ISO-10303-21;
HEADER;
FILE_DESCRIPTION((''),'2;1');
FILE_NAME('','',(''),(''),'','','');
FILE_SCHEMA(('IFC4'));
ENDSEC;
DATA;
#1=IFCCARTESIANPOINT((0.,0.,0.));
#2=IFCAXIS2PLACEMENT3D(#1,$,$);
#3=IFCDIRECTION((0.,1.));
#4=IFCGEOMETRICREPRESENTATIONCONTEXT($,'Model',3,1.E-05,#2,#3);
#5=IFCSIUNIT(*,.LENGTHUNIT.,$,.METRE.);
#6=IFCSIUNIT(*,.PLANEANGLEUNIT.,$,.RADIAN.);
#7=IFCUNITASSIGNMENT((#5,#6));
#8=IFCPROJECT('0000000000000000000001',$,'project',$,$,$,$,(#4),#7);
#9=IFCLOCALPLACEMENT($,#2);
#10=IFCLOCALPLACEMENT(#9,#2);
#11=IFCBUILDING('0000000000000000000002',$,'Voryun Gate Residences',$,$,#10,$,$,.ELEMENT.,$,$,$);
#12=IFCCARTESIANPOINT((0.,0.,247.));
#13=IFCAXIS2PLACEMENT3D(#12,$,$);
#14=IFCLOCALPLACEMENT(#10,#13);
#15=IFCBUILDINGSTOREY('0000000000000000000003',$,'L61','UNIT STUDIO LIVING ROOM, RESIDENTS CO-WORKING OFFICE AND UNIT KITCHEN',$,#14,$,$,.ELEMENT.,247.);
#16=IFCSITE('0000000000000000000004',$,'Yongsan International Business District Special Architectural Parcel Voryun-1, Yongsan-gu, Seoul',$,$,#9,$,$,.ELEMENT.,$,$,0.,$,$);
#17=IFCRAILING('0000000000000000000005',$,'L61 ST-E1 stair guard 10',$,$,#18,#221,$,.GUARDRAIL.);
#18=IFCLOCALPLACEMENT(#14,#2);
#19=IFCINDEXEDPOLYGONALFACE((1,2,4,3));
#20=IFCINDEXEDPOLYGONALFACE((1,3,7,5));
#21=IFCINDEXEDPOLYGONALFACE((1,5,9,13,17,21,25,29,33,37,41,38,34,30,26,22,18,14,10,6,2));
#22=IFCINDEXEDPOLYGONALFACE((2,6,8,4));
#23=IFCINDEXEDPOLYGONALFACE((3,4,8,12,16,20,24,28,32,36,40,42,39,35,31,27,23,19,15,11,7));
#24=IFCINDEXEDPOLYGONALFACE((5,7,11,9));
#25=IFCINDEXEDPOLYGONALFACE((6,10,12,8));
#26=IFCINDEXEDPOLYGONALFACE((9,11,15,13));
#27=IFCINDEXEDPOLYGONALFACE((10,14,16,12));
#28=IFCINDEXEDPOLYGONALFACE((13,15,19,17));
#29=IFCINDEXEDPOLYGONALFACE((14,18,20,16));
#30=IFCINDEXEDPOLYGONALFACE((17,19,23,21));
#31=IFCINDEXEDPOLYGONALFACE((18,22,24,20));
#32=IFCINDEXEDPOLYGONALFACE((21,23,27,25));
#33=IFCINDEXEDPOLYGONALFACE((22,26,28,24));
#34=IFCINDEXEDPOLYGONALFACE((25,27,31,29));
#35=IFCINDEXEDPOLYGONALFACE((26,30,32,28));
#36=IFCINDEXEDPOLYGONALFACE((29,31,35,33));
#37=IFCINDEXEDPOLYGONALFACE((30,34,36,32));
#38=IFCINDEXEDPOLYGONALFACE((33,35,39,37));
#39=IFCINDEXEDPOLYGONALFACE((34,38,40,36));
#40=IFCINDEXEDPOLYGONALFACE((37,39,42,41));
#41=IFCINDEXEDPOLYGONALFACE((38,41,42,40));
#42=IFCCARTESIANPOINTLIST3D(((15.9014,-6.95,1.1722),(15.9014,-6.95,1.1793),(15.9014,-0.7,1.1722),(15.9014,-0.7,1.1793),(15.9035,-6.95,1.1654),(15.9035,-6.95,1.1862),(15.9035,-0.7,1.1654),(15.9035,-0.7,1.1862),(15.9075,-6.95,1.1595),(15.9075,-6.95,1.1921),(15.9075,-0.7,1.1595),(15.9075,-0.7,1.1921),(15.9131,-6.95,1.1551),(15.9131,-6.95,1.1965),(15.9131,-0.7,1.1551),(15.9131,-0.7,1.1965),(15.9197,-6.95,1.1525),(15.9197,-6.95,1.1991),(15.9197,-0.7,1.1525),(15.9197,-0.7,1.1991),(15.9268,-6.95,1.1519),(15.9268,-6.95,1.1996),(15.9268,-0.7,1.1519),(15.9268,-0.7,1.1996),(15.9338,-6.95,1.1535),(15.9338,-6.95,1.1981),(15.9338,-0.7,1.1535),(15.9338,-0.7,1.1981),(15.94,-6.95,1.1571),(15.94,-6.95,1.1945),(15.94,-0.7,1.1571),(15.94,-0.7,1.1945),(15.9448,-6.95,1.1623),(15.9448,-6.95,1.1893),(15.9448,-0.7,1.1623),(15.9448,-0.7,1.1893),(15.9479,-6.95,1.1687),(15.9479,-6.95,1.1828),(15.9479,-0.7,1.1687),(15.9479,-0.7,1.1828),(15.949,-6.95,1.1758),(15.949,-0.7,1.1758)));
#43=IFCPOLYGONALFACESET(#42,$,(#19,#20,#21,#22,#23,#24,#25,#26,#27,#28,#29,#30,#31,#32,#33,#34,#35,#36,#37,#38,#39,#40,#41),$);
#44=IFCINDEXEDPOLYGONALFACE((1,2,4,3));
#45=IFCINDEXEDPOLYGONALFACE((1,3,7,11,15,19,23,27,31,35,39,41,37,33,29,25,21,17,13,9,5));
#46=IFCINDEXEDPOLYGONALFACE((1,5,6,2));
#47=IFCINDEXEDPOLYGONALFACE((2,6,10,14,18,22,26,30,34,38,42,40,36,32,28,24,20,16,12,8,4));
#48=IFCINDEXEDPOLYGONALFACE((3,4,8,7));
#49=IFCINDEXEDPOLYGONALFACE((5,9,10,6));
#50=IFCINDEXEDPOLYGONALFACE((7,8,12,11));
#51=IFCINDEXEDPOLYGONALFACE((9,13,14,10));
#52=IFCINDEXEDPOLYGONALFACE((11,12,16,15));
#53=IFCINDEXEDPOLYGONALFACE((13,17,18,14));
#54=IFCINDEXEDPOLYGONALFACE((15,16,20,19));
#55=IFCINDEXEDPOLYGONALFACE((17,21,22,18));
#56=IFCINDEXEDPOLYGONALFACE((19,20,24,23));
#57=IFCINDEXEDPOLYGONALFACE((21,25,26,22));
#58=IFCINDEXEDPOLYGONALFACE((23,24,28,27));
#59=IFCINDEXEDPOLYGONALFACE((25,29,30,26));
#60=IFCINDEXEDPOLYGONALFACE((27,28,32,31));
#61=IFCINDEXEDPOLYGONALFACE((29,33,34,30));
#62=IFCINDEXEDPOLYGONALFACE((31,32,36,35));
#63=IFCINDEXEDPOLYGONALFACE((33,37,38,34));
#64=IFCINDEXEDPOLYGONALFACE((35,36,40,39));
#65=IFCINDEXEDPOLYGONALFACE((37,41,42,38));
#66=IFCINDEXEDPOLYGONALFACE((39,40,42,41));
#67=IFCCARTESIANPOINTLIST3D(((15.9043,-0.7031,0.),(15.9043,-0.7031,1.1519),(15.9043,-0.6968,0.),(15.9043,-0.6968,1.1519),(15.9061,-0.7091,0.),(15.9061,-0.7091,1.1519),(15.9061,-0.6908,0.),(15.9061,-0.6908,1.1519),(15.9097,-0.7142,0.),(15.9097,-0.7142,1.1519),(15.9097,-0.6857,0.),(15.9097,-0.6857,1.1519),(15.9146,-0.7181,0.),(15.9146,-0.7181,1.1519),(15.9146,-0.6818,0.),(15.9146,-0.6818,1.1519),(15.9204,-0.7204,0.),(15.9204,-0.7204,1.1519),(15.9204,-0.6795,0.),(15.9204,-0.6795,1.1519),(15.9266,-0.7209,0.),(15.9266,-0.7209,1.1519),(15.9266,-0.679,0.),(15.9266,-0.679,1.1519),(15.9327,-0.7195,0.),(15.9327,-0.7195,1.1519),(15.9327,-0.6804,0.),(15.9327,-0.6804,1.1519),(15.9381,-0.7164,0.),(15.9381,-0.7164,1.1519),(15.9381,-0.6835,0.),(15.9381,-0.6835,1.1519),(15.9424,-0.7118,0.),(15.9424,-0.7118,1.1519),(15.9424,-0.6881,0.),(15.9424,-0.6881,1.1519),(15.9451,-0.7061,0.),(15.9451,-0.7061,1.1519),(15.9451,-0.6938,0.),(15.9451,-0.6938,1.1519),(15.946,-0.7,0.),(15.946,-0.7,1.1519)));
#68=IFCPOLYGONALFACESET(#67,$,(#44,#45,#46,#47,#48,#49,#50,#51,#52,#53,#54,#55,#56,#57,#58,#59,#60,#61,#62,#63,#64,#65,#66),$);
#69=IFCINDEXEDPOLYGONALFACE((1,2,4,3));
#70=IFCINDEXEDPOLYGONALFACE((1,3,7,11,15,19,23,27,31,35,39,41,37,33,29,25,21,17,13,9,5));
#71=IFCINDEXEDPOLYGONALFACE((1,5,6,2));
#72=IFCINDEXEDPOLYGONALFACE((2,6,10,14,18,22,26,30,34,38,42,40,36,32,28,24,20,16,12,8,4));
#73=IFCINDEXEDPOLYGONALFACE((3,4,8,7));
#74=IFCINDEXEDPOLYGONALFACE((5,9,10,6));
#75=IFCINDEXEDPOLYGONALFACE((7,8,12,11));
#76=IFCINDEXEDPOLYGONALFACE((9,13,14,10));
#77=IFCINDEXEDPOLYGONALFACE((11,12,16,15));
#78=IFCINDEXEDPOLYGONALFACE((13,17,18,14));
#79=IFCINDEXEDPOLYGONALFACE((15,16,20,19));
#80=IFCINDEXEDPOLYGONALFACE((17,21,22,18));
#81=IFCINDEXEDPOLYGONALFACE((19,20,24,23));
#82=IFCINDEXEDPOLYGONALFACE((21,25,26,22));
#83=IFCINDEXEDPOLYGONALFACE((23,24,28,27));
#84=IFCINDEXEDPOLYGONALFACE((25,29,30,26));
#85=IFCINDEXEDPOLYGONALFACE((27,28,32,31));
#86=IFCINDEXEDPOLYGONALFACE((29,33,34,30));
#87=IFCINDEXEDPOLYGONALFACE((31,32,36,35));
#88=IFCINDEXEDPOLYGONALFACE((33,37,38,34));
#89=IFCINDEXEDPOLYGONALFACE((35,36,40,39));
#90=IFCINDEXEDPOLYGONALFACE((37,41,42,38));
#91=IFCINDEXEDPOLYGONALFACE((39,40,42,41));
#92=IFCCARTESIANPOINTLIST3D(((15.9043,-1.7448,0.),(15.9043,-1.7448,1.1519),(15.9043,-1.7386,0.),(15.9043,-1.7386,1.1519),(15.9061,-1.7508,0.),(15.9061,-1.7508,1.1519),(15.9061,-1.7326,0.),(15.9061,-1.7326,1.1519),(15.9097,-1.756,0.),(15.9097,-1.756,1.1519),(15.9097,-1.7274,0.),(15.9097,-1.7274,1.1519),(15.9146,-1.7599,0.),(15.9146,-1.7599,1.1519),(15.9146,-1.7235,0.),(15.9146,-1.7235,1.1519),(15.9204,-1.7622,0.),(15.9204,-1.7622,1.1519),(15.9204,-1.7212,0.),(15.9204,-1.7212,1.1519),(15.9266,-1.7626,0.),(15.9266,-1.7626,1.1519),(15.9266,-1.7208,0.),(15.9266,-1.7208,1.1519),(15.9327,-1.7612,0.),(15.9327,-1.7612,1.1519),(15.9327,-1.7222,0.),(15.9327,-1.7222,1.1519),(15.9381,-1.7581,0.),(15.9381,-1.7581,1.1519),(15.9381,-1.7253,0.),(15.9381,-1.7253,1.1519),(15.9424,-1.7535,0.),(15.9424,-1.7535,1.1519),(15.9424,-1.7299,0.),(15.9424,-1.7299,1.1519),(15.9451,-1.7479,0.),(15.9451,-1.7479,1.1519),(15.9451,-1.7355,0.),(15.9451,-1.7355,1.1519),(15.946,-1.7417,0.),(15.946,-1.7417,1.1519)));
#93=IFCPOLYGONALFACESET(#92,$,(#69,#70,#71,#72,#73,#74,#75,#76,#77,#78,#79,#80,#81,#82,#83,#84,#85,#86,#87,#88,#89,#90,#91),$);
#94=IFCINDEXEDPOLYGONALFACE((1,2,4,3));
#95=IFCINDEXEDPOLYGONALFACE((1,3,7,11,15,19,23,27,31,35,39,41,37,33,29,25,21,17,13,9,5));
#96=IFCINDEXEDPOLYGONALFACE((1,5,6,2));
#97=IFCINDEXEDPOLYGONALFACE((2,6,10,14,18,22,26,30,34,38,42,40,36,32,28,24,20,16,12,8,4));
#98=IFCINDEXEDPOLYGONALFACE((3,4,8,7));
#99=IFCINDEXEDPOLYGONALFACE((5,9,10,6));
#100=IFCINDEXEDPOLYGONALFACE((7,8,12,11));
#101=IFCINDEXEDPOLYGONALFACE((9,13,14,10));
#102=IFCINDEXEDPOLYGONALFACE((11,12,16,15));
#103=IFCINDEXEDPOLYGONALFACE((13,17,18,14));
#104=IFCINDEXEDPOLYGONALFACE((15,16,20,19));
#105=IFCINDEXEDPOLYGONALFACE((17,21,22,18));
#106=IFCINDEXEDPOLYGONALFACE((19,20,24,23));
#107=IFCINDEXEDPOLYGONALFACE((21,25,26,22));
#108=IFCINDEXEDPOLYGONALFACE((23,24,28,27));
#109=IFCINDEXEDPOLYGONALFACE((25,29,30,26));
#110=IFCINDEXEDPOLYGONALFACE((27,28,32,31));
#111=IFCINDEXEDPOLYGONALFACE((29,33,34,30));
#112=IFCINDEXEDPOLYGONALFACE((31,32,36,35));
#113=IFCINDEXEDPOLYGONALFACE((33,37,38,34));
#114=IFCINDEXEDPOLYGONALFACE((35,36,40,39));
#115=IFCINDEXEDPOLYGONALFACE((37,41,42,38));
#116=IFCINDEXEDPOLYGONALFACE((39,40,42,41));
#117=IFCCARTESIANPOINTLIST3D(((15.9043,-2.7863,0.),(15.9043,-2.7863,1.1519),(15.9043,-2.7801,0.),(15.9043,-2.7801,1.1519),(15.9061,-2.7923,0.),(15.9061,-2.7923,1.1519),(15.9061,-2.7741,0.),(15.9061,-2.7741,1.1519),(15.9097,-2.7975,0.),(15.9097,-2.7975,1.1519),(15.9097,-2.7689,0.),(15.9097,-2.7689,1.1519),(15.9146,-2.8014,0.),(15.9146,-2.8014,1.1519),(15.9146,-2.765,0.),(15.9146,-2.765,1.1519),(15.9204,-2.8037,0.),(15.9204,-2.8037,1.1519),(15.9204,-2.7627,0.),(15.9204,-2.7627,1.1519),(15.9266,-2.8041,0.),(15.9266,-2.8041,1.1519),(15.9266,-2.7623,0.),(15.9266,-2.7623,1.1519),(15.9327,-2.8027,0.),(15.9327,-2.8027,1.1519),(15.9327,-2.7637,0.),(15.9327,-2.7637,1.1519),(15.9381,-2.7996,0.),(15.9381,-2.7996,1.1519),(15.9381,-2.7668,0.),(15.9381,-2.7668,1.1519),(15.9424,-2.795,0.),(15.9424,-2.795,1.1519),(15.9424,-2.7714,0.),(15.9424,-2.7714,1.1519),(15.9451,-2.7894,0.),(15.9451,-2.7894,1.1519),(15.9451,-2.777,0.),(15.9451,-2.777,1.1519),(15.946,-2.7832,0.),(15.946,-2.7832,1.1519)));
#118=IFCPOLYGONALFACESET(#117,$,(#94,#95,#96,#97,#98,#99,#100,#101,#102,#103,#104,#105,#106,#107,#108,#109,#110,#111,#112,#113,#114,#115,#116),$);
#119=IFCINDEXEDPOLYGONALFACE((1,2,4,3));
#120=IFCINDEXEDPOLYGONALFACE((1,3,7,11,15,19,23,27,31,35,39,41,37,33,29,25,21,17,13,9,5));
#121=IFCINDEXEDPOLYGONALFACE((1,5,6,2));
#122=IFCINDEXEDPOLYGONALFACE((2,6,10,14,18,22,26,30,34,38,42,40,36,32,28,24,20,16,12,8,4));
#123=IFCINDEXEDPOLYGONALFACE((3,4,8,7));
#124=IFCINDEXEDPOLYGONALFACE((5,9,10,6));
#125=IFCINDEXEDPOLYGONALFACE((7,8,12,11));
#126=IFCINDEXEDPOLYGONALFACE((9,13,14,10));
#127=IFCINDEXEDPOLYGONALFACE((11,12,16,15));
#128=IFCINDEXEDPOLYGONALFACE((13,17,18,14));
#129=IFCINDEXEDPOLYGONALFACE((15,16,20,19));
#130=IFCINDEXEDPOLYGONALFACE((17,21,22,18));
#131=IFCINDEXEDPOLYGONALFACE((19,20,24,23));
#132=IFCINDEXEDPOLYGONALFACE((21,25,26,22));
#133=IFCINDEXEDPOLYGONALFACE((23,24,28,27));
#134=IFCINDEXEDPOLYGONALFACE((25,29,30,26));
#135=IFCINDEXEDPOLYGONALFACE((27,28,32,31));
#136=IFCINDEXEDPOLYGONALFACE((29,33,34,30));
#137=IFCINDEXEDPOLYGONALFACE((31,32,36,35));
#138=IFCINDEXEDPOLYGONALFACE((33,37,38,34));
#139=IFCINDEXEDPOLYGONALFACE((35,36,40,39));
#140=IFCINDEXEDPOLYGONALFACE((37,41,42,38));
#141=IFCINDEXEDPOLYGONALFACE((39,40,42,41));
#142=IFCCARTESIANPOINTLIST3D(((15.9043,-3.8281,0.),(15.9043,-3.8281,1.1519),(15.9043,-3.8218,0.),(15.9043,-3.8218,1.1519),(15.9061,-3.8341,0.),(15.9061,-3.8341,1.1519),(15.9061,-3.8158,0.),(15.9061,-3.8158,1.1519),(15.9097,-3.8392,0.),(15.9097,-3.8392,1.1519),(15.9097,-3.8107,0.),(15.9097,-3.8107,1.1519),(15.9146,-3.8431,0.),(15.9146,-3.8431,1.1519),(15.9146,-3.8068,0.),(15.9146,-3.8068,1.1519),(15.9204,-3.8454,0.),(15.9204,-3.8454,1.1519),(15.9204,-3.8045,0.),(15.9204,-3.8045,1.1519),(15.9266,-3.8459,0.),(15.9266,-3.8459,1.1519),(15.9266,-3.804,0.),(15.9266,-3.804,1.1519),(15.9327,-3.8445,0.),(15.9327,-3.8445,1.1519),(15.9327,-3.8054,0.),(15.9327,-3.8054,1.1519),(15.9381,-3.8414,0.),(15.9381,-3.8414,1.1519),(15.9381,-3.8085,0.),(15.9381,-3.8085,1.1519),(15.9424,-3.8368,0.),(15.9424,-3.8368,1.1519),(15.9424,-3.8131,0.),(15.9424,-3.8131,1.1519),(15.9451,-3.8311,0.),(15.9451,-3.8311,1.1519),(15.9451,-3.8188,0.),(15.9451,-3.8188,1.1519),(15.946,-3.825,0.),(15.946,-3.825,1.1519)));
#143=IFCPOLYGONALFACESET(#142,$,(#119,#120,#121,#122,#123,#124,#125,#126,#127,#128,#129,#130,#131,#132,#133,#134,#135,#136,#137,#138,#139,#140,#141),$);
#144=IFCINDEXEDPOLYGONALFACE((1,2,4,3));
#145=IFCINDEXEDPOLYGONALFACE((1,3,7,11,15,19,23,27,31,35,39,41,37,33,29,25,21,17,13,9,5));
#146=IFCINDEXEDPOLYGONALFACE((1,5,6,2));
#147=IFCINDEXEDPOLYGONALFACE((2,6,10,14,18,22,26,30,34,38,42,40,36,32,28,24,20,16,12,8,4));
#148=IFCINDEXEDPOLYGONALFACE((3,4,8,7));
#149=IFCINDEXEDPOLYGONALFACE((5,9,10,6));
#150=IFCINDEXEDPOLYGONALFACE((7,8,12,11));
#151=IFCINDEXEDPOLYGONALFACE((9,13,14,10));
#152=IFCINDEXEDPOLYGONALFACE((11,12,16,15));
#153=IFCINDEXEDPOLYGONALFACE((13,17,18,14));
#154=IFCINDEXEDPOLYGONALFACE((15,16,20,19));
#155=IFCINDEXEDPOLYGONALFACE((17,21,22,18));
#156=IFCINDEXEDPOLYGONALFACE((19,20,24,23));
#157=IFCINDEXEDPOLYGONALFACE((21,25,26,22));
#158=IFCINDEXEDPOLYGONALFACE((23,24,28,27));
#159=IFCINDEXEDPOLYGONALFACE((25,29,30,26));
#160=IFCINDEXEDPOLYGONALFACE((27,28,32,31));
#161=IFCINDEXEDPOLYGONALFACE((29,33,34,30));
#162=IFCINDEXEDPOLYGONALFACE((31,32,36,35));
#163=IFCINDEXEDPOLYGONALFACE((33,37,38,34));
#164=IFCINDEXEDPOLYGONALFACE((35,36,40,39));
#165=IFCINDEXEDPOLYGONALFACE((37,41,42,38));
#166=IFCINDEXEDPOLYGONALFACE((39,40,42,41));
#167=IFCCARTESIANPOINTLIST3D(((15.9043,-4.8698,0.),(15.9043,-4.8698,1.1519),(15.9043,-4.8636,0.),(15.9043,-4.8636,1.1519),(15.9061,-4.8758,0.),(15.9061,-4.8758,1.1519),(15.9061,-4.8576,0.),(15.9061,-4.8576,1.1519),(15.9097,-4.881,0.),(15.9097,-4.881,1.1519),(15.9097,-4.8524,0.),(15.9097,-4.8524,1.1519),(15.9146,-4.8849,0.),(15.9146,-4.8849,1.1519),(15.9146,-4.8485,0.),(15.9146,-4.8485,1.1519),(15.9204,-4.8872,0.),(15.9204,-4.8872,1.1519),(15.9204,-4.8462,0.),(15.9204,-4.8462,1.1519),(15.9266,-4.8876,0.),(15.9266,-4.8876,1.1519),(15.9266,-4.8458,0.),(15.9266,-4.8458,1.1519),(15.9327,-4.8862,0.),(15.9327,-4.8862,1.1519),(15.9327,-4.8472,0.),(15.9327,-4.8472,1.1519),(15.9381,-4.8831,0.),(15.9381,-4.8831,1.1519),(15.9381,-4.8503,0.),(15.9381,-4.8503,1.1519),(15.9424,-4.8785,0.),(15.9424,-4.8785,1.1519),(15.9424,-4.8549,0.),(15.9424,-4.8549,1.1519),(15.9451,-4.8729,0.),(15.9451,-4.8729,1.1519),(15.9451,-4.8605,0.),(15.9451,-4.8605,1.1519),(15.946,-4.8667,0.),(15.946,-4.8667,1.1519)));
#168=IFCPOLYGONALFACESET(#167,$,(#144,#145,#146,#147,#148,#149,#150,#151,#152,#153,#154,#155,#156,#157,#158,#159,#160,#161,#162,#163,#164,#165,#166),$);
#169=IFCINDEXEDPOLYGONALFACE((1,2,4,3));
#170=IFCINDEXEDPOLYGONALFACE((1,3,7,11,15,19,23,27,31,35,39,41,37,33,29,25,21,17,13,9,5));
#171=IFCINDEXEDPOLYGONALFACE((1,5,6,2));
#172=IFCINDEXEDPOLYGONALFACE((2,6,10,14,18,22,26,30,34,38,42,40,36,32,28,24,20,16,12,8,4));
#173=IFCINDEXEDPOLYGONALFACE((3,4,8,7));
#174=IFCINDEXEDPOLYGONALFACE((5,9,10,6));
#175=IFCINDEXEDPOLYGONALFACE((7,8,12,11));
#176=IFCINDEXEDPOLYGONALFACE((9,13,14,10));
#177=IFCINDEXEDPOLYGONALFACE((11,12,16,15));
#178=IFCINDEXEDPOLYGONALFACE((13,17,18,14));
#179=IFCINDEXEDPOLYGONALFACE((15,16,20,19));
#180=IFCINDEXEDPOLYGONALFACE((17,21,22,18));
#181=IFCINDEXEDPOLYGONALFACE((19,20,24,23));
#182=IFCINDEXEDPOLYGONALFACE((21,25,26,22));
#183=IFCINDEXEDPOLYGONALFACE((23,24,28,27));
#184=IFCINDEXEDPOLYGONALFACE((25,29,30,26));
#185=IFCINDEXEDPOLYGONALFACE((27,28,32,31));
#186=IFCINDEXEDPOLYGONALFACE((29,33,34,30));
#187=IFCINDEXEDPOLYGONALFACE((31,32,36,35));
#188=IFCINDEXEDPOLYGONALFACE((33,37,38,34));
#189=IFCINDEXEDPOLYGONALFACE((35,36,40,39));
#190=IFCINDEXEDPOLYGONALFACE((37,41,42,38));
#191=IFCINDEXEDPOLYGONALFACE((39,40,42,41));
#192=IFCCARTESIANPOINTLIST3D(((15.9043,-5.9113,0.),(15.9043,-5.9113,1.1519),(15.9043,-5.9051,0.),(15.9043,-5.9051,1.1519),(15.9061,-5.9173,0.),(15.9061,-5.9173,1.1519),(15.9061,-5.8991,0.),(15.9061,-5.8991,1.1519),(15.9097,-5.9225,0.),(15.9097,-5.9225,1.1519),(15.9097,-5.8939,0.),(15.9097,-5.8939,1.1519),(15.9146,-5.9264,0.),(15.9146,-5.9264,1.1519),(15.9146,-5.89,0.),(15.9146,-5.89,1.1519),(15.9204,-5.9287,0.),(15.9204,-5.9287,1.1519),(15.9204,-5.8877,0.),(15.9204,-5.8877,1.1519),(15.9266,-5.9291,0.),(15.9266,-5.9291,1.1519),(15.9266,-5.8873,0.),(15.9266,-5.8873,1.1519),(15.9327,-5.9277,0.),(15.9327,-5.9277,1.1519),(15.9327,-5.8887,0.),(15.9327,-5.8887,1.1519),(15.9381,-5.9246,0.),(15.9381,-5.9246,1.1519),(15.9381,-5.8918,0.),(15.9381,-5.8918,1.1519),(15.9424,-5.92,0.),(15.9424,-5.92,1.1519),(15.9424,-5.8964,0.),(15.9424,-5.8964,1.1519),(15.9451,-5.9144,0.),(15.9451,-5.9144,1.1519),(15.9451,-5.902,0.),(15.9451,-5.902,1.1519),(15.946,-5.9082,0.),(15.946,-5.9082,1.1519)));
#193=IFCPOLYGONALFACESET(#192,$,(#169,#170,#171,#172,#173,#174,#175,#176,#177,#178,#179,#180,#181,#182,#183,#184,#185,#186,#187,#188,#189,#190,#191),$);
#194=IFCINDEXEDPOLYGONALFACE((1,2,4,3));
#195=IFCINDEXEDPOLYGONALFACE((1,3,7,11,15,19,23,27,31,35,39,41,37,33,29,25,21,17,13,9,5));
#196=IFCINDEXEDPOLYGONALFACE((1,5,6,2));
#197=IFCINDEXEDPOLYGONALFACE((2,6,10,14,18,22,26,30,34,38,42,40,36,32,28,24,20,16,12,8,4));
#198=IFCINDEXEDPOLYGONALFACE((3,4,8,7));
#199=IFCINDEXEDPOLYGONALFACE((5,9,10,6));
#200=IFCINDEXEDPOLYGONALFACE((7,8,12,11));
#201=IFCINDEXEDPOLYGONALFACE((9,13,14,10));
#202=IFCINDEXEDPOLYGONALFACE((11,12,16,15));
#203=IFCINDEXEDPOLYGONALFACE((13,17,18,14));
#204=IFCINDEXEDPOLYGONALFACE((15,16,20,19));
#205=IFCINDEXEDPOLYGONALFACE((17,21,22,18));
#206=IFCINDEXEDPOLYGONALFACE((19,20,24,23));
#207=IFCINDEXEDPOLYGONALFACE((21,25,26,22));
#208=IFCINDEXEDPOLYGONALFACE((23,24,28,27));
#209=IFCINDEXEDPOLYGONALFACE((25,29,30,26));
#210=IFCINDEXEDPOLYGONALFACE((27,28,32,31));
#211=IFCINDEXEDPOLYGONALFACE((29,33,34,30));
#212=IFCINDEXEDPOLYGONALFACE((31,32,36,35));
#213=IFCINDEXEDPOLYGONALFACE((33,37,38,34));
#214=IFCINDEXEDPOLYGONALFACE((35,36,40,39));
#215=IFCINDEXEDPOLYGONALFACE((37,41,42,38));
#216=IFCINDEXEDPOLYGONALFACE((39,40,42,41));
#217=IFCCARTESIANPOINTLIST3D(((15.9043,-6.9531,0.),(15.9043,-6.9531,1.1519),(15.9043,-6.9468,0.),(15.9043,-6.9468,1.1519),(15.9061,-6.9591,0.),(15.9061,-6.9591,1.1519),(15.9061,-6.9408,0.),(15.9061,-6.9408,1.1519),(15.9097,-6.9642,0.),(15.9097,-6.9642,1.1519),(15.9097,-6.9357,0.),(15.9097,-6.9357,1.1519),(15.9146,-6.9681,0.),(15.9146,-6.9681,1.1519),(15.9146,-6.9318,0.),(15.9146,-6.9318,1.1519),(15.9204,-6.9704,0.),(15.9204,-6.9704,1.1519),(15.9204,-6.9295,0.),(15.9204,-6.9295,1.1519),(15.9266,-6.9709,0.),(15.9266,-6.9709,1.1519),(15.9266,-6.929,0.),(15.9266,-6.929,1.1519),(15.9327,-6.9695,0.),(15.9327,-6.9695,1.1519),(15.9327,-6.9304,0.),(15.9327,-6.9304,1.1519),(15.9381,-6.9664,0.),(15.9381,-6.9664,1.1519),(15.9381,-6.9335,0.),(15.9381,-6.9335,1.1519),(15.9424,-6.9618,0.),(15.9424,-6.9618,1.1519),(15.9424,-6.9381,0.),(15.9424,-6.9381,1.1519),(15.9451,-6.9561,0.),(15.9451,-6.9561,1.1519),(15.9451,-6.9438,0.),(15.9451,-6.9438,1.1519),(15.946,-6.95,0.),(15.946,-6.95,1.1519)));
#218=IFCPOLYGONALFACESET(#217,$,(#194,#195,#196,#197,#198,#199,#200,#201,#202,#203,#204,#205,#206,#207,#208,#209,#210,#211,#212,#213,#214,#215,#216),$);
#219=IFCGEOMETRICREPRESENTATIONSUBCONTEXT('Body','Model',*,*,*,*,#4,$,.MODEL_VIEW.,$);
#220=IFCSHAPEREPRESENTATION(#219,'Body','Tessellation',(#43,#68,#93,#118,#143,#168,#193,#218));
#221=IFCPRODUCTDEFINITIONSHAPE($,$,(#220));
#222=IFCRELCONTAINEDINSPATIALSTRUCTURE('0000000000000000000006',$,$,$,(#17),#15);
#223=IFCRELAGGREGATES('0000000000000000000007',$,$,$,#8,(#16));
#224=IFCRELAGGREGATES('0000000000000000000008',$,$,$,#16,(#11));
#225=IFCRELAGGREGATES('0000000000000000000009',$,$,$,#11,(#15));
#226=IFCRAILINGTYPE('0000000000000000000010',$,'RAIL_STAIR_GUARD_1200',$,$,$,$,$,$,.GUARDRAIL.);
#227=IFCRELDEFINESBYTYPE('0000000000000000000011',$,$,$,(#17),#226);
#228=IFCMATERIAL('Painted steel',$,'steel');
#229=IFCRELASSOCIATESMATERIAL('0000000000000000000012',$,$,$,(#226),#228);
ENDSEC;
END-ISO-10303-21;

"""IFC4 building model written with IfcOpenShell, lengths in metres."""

from ifc_helpers import new_model, si_unit, direction, frame, origin, origin_2d, place, context, subcontext, project, spatial, circle, extrude, material, type_object, element, save


model = new_model("IFC4")

# Units and contexts
model_context = context("Model", 3, precision=1e-05, world=origin(), true_north=direction((0.0, 1.0)))
body_context = subcontext(model_context, "Body", "Model", "MODEL_VIEW")
ifc_project = project(units=[si_unit("LENGTHUNIT", "METRE"), si_unit("PLANEANGLEUNIT", "RADIAN")], contexts=[model_context])

# Site, building, storey
site_placement = place(None, origin())
site = spatial("IfcSite", under=ifc_project, at=site_placement, Name="Yongsan International Business District Special Architectural Parcel Voryun-1, Yongsan-gu, Seoul", CompositionType="ELEMENT", RefElevation=0.0)
building_placement = place(site_placement, origin())
building = spatial("IfcBuilding", under=site, at=building_placement, Name="Voryun Gate Residences", CompositionType="ELEMENT")
storey_placement = place(building_placement, frame((0.0, 0.0, 247.0)))
storey = spatial("IfcBuildingStorey", under=building, at=storey_placement, Name="L61", Description="UNIT STUDIO LIVING ROOM, RESIDENTS CO-WORKING OFFICE AND UNIT KITCHEN", CompositionType="ELEMENT", Elevation=247.0)

# Railing
ifc_material_1 = material(Name="Painted steel", Category="steel")
railing_type = type_object("IfcRailingType", Name="RAIL_STAIR_GUARD_1200", PredefinedType="GUARDRAIL", material=ifc_material_1)
railing_1_placement = place(storey_placement, frame((15.925, -0.7, 0.0)))
element("IfcRailing", 1, at=railing_1_placement, inside=storey, type_object=railing_type, Name="L61 ST-E1 stair guard 10", PredefinedType="GUARDRAIL", context=body_context, shape_type="SweptSolid", body=[
    extrude(circle(Radius=0.0239, at=origin_2d()), frame((0.0, 0.0, 1.1758), z_axis=(0.0, -1.0, 0.0), x_axis=(1.0, 0.0, 0.0)), (0.0, 0.0, 1.0), 6.25),
    extrude(circle(Radius=0.021, at=origin_2d()), origin(), (0.0, 0.0, 1.0), 1.1519),
    extrude(circle(Radius=0.021, at=origin_2d()), frame((0.0, -1.0417, 0.0)), (0.0, 0.0, 1.0), 1.1519),
    extrude(circle(Radius=0.021, at=origin_2d()), frame((0.0, -2.0833, 0.0)), (0.0, 0.0, 1.0), 1.1519),
    extrude(circle(Radius=0.021, at=origin_2d()), frame((0.0, -3.125, 0.0)), (0.0, 0.0, 1.0), 1.1519),
    extrude(circle(Radius=0.021, at=origin_2d()), frame((0.0, -4.1667, 0.0)), (0.0, 0.0, 1.0), 1.1519),
    extrude(circle(Radius=0.021, at=origin_2d()), frame((0.0, -5.2083, 0.0)), (0.0, 0.0, 1.0), 1.1519),
    extrude(circle(Radius=0.021, at=origin_2d()), frame((0.0, -6.25, 0.0)), (0.0, 0.0, 1.0), 1.1519),
])

save(model, "model.ifc")
